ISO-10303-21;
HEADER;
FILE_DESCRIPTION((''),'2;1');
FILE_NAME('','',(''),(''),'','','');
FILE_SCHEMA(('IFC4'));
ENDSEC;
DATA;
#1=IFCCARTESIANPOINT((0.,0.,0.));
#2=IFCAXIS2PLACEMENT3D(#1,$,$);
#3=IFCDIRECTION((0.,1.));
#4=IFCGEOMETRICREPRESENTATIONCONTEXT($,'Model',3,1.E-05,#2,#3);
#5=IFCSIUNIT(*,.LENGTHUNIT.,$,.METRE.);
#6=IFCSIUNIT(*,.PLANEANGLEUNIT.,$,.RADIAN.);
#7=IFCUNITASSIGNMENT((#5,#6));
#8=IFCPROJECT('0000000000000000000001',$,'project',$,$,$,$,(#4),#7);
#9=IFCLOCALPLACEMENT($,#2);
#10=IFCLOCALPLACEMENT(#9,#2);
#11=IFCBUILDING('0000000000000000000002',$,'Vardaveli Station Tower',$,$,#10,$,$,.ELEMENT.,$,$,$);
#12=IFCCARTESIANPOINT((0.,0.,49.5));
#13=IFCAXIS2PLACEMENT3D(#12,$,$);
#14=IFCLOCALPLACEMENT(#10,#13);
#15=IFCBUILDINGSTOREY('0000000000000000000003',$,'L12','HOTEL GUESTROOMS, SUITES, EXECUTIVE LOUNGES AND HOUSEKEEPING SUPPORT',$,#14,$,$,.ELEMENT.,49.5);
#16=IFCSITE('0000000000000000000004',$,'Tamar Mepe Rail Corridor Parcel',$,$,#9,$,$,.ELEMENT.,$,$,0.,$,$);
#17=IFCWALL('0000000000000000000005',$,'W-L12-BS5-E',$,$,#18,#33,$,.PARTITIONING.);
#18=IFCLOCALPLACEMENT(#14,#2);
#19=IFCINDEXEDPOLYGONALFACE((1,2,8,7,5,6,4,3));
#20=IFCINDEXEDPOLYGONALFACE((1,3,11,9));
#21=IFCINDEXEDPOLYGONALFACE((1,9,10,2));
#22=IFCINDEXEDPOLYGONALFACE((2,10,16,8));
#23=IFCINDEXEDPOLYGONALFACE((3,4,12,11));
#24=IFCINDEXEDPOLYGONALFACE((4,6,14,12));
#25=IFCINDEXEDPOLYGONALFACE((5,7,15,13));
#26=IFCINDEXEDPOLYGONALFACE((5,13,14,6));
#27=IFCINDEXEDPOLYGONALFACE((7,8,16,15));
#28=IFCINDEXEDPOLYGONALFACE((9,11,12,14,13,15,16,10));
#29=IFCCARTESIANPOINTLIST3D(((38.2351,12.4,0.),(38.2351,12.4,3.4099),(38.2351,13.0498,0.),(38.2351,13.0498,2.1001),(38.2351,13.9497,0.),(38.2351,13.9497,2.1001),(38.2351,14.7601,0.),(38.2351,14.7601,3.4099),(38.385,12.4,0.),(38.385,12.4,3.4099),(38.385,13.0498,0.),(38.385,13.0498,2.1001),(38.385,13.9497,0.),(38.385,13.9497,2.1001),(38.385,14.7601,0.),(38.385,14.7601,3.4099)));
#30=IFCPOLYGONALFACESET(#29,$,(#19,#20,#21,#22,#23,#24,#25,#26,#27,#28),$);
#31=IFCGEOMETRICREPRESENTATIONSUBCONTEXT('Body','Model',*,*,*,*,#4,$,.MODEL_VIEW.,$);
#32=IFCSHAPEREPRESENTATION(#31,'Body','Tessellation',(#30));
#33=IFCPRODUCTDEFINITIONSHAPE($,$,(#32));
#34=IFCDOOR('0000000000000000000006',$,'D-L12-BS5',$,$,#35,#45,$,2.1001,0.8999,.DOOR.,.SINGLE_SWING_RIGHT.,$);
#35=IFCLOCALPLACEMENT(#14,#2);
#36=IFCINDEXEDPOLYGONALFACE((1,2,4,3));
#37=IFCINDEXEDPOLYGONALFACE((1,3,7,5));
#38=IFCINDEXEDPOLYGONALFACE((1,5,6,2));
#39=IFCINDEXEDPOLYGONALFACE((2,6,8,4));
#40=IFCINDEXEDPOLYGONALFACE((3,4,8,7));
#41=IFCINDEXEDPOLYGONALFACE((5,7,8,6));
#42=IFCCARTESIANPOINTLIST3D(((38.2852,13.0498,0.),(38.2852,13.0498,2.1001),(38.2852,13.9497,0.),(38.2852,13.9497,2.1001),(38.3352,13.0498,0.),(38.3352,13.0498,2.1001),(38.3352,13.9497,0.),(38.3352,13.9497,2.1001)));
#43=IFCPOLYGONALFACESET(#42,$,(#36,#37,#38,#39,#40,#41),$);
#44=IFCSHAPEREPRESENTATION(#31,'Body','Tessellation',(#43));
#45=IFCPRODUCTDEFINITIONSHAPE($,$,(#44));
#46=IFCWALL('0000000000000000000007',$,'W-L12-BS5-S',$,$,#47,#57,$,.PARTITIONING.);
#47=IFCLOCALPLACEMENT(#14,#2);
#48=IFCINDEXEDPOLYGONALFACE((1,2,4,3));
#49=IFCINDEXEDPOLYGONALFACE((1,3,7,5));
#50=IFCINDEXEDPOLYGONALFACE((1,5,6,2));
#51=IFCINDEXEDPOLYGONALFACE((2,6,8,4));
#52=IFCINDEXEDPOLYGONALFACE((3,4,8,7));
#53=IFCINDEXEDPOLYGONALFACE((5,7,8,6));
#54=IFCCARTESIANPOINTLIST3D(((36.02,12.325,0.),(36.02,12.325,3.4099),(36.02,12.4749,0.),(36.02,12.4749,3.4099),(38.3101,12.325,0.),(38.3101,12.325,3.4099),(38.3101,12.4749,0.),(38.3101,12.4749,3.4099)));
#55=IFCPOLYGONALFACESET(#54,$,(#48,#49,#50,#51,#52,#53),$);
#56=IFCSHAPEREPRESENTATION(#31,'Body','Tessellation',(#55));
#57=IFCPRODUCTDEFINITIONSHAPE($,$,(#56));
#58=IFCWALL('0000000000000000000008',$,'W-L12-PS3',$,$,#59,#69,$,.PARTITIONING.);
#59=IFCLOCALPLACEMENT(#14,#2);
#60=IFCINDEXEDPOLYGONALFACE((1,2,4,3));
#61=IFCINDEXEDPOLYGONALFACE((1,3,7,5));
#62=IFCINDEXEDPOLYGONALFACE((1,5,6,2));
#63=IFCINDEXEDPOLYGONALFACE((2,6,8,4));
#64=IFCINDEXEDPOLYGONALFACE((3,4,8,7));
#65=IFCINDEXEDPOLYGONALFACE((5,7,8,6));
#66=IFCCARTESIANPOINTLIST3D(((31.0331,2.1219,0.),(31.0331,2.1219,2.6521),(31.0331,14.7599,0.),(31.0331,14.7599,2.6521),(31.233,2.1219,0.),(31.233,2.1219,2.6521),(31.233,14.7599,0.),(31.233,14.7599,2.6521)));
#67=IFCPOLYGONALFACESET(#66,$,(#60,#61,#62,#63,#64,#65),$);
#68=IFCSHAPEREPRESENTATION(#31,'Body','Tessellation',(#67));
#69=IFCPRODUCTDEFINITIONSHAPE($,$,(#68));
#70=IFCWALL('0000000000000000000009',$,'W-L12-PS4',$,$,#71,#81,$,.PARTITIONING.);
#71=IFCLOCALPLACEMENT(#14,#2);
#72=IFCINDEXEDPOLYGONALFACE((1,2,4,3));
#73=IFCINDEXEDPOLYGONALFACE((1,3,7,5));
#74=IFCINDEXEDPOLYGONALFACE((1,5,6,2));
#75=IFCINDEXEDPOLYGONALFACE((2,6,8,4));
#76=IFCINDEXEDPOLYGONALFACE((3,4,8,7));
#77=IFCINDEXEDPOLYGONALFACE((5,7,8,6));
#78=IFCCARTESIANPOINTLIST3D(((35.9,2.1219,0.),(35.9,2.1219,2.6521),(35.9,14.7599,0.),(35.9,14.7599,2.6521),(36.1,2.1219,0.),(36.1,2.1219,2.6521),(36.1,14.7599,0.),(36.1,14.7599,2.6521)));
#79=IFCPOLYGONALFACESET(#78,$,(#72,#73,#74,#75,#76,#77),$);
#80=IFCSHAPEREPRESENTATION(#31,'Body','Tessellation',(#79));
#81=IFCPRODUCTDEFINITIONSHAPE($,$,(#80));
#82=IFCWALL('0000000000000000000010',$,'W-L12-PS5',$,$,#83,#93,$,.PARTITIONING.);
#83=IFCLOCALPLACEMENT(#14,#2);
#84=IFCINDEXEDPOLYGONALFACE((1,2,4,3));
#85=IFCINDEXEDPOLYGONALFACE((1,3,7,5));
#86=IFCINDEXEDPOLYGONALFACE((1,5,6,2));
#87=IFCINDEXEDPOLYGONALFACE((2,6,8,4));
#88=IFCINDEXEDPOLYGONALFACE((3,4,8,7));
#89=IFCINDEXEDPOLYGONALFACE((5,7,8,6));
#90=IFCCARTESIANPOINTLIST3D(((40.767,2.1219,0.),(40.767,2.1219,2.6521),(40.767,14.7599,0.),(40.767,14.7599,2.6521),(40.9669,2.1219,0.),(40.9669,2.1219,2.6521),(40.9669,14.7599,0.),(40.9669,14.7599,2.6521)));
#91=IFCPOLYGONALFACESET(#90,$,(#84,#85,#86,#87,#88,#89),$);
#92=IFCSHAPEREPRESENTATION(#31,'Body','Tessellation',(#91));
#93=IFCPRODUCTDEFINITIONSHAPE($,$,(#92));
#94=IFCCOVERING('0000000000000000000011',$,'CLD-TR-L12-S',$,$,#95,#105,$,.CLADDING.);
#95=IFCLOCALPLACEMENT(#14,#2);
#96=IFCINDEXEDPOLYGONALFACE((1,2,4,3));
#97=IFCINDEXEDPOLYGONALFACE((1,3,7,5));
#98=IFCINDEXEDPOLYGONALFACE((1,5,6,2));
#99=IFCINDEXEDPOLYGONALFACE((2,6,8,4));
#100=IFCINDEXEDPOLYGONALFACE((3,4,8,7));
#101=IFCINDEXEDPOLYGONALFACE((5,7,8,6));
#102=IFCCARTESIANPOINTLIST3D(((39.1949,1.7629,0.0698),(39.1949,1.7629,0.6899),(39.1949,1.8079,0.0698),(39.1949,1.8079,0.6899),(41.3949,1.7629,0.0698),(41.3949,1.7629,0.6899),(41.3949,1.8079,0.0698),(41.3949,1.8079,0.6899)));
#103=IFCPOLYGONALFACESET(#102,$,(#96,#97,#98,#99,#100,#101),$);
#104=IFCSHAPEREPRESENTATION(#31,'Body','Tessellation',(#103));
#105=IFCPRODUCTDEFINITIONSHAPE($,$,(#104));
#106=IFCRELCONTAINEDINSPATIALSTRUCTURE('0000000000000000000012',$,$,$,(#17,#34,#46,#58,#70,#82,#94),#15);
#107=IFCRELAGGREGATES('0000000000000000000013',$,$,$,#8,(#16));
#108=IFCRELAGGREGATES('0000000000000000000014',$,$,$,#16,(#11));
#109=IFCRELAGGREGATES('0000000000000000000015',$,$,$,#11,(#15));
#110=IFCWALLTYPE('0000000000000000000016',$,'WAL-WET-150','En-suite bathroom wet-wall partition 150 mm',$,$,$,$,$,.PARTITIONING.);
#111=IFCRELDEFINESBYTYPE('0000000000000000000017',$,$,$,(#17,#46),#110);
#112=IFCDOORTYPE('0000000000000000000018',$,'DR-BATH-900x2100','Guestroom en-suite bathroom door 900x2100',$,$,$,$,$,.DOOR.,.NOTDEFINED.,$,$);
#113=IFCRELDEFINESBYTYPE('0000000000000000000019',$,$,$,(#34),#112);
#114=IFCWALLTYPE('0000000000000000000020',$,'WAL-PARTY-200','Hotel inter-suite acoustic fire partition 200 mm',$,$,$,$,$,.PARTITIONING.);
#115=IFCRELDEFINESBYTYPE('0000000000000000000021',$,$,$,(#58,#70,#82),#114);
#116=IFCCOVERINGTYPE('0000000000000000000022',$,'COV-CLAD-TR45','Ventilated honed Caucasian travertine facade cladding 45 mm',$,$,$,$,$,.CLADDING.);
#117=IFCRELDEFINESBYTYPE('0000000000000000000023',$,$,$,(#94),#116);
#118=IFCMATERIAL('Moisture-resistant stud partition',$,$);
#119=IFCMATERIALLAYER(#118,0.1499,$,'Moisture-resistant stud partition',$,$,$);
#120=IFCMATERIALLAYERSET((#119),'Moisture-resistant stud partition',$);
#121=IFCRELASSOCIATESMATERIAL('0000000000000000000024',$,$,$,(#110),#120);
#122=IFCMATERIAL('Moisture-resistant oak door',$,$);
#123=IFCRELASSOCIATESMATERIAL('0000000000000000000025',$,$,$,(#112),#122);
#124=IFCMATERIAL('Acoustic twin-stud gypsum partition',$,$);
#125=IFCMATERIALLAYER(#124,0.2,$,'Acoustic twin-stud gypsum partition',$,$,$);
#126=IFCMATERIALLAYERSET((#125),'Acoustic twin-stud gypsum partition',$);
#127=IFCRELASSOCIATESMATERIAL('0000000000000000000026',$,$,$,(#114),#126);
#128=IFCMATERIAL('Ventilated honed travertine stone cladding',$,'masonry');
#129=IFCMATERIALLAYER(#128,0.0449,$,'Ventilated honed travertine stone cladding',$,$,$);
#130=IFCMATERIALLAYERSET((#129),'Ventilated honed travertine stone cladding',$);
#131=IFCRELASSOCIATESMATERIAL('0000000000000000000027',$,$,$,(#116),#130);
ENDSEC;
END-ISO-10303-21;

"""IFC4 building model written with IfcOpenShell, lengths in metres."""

from ifc_helpers import new_model, si_unit, direction, frame, frame_2d, origin, origin_2d, place, context, subcontext, project, spatial, rectangle, extrude, source, transform, mapped, material, layer, layer_set, type_object, element, fill, save


model = new_model("IFC4")

# Units and contexts
model_context = context("Model", 3, precision=1e-05, world=origin(), true_north=direction((0.0, 1.0)))
body_context = subcontext(model_context, "Body", "Model", "MODEL_VIEW")
ifc_project = project(units=[si_unit("LENGTHUNIT", "METRE"), si_unit("PLANEANGLEUNIT", "RADIAN")], contexts=[model_context])

# Site, building, storey
site_placement = place(None, origin())
site = spatial("IfcSite", under=ifc_project, at=site_placement, Name="Tamar Mepe Rail Corridor Parcel", CompositionType="ELEMENT", RefElevation=0.0)
building_placement = place(site_placement, origin())
building = spatial("IfcBuilding", under=site, at=building_placement, Name="Vardaveli Station Tower", CompositionType="ELEMENT")
storey_placement = place(building_placement, frame((0.0, 0.0, 49.5)))
storey = spatial("IfcBuildingStorey", under=building, at=storey_placement, Name="L12", Description="HOTEL GUESTROOMS, SUITES, EXECUTIVE LOUNGES AND HOUSEKEEPING SUPPORT", CompositionType="ELEMENT", Elevation=49.5)

# Wall, opening, door
ifc_material_1 = material(Name="Moisture-resistant stud partition")
ifc_layer_1 = layer(ifc_material_1, 0.1499, Name="Moisture-resistant stud partition")
ifc_layer_set_1 = layer_set([ifc_layer_1], Name="Moisture-resistant stud partition")
wall_type_1 = type_object("IfcWallType", Name="WAL-WET-150", Description="En-suite bathroom wet-wall partition 150 mm", PredefinedType="PARTITIONING", material=ifc_layer_set_1)
shared_shape_1 = source(origin(), body_context, "Body", "SweptSolid", [
    extrude(rectangle(XDim=2.3601, YDim=0.1499, at=frame_2d((1.1802, 0.0))), origin(), (0.0, 0.0, 1.0), 3.4099),
])
wall_1_placement = place(storey_placement, frame((38.3101, 12.3999, 0.0), z_axis=(0.0, 0.0, 1.0), x_axis=(0.0, 1.0, 0.0)))
wall_1 = element("IfcWall", 1, at=wall_1_placement, inside=storey, type_object=wall_type_1, Name="W-L12-BS5-E", PredefinedType="PARTITIONING", context=body_context, shape_type="MappedRepresentation", body=[
    mapped(shared_shape_1, transform((0.0, 0.0, 0.0), scale=1.0)),
])
shared_shape_2 = source(origin(), body_context, "Body", "SweptSolid", [
    extrude(rectangle(XDim=0.8999, YDim=2.1001, at=frame_2d((0.45, 1.05))), frame((0.0, 0.085, 0.0), z_axis=(0.0, -1.0, 0.0), x_axis=(1.0, 0.0, 0.0)), (0.0, 0.0, 1.0), 0.1699),
])
opening_placement = place(wall_1_placement, frame((0.6499, 0.0, 0.0)))
opening = element("IfcOpeningElement", 2, at=opening_placement, cuts=wall_1, PredefinedType="OPENING", context=body_context, shape_type="MappedRepresentation", body=[
    mapped(shared_shape_2, transform((0.0, 0.0, 0.0), scale=1.0)),
])
ifc_material_2 = material(Name="Moisture-resistant oak door")
door_type = type_object("IfcDoorType", Name="DR-BATH-900x2100", Description="Guestroom en-suite bathroom door 900x2100", OperationType="NOTDEFINED", PredefinedType="DOOR", material=ifc_material_2)
shared_shape_3 = source(origin(), body_context, "Body", "SweptSolid", [
    extrude(rectangle(XDim=0.8999, YDim=2.1001, at=frame_2d((0.45, 1.05))), frame((0.0, 0.0249, 0.0), z_axis=(0.0, -1.0, 0.0), x_axis=(1.0, 0.0, 0.0)), (0.0, 0.0, 1.0), 0.05),
])
door_placement = place(opening_placement, origin())
door = element("IfcDoor", 3, at=door_placement, inside=storey, type_object=door_type, Name="D-L12-BS5", OperationType="SINGLE_SWING_RIGHT", OverallHeight=2.1001, OverallWidth=0.8999, PredefinedType="DOOR", context=body_context, shape_type="MappedRepresentation", body=[
    mapped(shared_shape_3, transform((0.0, 0.0, 0.0), scale=1.0)),
])
fill(opening, door)

# Walls
shared_shape_4 = source(origin(), body_context, "Body", "SweptSolid", [
    extrude(rectangle(XDim=2.29, YDim=0.1499, at=frame_2d((1.145, 0.0))), origin(), (0.0, 0.0, 1.0), 3.4099),
])
wall_2_placement = place(storey_placement, frame((36.02, 12.3999, 0.0), z_axis=(0.0, 0.0, 1.0), x_axis=(1.0, 0.0, 0.0)))
element("IfcWall", 4, at=wall_2_placement, inside=storey, type_object=wall_type_1, Name="W-L12-BS5-S", PredefinedType="PARTITIONING", context=body_context, shape_type="MappedRepresentation", body=[
    mapped(shared_shape_4, transform((0.0, 0.0, 0.0), scale=1.0)),
])
ifc_material_3 = material(Name="Acoustic twin-stud gypsum partition")
ifc_layer_2 = layer(ifc_material_3, 0.2, Name="Acoustic twin-stud gypsum partition")
ifc_layer_set_2 = layer_set([ifc_layer_2], Name="Acoustic twin-stud gypsum partition")
wall_type_2 = type_object("IfcWallType", Name="WAL-PARTY-200", Description="Hotel inter-suite acoustic fire partition 200 mm", PredefinedType="PARTITIONING", material=ifc_layer_set_2)
shared_shape_5 = source(origin(), body_context, "Body", "SweptSolid", [
    extrude(rectangle(XDim=12.6379, YDim=0.2, at=frame_2d((6.3188, 0.0))), origin(), (0.0, 0.0, 1.0), 2.6521),
])
for number, where, z_axis, x_axis, name in (
    (5, (31.1331, 2.1221, 0.0), (0.0, 0.0, 1.0), (0.0, 1.0, 0.0), "W-L12-PS3"),
    (6, (36.0, 2.1221, 0.0), (0.0, 0.0, 1.0), (0.0, 1.0, 0.0), "W-L12-PS4"),
    (7, (40.8669, 2.1221, 0.0), (0.0, 0.0, 1.0), (0.0, 1.0, 0.0), "W-L12-PS5"),
):
    element("IfcWall", number, at=place(storey_placement, frame(where, z_axis=z_axis, x_axis=x_axis)), inside=storey, type_object=wall_type_2, Name=name, PredefinedType="PARTITIONING", context=body_context, shape_type="MappedRepresentation", body=[
        mapped(shared_shape_5, transform((0.0, 0.0, 0.0), scale=1.0)),
    ])

# Covering
ifc_material_4 = material(Name="Ventilated honed travertine stone cladding", Category="masonry")
ifc_layer_3 = layer(ifc_material_4, 0.0449, Name="Ventilated honed travertine stone cladding")
ifc_layer_set_3 = layer_set([ifc_layer_3], Name="Ventilated honed travertine stone cladding")
covering_type = type_object("IfcCoveringType", Name="COV-CLAD-TR45", Description="Ventilated honed Caucasian travertine facade cladding 45 mm", PredefinedType="CLADDING", material=ifc_layer_set_3)
shared_shape_6 = source(origin(), body_context, "Body", "SweptSolid", [
    extrude(rectangle(XDim=2.2, YDim=0.0449, at=origin_2d()), origin(), (0.0, 0.0, 1.0), 0.6201),
])
covering_placement = place(storey_placement, frame((40.2949, 1.7854, 0.0698), z_axis=(0.0, 0.0, 1.0), x_axis=(1.0, 0.0, 0.0)))
element("IfcCovering", 8, at=covering_placement, inside=storey, type_object=covering_type, Name="CLD-TR-L12-S", PredefinedType="CLADDING", context=body_context, shape_type="MappedRepresentation", body=[
    mapped(shared_shape_6, transform((0.0, 0.0, 0.0), scale=1.0)),
])

save(model, "model.ifc")
